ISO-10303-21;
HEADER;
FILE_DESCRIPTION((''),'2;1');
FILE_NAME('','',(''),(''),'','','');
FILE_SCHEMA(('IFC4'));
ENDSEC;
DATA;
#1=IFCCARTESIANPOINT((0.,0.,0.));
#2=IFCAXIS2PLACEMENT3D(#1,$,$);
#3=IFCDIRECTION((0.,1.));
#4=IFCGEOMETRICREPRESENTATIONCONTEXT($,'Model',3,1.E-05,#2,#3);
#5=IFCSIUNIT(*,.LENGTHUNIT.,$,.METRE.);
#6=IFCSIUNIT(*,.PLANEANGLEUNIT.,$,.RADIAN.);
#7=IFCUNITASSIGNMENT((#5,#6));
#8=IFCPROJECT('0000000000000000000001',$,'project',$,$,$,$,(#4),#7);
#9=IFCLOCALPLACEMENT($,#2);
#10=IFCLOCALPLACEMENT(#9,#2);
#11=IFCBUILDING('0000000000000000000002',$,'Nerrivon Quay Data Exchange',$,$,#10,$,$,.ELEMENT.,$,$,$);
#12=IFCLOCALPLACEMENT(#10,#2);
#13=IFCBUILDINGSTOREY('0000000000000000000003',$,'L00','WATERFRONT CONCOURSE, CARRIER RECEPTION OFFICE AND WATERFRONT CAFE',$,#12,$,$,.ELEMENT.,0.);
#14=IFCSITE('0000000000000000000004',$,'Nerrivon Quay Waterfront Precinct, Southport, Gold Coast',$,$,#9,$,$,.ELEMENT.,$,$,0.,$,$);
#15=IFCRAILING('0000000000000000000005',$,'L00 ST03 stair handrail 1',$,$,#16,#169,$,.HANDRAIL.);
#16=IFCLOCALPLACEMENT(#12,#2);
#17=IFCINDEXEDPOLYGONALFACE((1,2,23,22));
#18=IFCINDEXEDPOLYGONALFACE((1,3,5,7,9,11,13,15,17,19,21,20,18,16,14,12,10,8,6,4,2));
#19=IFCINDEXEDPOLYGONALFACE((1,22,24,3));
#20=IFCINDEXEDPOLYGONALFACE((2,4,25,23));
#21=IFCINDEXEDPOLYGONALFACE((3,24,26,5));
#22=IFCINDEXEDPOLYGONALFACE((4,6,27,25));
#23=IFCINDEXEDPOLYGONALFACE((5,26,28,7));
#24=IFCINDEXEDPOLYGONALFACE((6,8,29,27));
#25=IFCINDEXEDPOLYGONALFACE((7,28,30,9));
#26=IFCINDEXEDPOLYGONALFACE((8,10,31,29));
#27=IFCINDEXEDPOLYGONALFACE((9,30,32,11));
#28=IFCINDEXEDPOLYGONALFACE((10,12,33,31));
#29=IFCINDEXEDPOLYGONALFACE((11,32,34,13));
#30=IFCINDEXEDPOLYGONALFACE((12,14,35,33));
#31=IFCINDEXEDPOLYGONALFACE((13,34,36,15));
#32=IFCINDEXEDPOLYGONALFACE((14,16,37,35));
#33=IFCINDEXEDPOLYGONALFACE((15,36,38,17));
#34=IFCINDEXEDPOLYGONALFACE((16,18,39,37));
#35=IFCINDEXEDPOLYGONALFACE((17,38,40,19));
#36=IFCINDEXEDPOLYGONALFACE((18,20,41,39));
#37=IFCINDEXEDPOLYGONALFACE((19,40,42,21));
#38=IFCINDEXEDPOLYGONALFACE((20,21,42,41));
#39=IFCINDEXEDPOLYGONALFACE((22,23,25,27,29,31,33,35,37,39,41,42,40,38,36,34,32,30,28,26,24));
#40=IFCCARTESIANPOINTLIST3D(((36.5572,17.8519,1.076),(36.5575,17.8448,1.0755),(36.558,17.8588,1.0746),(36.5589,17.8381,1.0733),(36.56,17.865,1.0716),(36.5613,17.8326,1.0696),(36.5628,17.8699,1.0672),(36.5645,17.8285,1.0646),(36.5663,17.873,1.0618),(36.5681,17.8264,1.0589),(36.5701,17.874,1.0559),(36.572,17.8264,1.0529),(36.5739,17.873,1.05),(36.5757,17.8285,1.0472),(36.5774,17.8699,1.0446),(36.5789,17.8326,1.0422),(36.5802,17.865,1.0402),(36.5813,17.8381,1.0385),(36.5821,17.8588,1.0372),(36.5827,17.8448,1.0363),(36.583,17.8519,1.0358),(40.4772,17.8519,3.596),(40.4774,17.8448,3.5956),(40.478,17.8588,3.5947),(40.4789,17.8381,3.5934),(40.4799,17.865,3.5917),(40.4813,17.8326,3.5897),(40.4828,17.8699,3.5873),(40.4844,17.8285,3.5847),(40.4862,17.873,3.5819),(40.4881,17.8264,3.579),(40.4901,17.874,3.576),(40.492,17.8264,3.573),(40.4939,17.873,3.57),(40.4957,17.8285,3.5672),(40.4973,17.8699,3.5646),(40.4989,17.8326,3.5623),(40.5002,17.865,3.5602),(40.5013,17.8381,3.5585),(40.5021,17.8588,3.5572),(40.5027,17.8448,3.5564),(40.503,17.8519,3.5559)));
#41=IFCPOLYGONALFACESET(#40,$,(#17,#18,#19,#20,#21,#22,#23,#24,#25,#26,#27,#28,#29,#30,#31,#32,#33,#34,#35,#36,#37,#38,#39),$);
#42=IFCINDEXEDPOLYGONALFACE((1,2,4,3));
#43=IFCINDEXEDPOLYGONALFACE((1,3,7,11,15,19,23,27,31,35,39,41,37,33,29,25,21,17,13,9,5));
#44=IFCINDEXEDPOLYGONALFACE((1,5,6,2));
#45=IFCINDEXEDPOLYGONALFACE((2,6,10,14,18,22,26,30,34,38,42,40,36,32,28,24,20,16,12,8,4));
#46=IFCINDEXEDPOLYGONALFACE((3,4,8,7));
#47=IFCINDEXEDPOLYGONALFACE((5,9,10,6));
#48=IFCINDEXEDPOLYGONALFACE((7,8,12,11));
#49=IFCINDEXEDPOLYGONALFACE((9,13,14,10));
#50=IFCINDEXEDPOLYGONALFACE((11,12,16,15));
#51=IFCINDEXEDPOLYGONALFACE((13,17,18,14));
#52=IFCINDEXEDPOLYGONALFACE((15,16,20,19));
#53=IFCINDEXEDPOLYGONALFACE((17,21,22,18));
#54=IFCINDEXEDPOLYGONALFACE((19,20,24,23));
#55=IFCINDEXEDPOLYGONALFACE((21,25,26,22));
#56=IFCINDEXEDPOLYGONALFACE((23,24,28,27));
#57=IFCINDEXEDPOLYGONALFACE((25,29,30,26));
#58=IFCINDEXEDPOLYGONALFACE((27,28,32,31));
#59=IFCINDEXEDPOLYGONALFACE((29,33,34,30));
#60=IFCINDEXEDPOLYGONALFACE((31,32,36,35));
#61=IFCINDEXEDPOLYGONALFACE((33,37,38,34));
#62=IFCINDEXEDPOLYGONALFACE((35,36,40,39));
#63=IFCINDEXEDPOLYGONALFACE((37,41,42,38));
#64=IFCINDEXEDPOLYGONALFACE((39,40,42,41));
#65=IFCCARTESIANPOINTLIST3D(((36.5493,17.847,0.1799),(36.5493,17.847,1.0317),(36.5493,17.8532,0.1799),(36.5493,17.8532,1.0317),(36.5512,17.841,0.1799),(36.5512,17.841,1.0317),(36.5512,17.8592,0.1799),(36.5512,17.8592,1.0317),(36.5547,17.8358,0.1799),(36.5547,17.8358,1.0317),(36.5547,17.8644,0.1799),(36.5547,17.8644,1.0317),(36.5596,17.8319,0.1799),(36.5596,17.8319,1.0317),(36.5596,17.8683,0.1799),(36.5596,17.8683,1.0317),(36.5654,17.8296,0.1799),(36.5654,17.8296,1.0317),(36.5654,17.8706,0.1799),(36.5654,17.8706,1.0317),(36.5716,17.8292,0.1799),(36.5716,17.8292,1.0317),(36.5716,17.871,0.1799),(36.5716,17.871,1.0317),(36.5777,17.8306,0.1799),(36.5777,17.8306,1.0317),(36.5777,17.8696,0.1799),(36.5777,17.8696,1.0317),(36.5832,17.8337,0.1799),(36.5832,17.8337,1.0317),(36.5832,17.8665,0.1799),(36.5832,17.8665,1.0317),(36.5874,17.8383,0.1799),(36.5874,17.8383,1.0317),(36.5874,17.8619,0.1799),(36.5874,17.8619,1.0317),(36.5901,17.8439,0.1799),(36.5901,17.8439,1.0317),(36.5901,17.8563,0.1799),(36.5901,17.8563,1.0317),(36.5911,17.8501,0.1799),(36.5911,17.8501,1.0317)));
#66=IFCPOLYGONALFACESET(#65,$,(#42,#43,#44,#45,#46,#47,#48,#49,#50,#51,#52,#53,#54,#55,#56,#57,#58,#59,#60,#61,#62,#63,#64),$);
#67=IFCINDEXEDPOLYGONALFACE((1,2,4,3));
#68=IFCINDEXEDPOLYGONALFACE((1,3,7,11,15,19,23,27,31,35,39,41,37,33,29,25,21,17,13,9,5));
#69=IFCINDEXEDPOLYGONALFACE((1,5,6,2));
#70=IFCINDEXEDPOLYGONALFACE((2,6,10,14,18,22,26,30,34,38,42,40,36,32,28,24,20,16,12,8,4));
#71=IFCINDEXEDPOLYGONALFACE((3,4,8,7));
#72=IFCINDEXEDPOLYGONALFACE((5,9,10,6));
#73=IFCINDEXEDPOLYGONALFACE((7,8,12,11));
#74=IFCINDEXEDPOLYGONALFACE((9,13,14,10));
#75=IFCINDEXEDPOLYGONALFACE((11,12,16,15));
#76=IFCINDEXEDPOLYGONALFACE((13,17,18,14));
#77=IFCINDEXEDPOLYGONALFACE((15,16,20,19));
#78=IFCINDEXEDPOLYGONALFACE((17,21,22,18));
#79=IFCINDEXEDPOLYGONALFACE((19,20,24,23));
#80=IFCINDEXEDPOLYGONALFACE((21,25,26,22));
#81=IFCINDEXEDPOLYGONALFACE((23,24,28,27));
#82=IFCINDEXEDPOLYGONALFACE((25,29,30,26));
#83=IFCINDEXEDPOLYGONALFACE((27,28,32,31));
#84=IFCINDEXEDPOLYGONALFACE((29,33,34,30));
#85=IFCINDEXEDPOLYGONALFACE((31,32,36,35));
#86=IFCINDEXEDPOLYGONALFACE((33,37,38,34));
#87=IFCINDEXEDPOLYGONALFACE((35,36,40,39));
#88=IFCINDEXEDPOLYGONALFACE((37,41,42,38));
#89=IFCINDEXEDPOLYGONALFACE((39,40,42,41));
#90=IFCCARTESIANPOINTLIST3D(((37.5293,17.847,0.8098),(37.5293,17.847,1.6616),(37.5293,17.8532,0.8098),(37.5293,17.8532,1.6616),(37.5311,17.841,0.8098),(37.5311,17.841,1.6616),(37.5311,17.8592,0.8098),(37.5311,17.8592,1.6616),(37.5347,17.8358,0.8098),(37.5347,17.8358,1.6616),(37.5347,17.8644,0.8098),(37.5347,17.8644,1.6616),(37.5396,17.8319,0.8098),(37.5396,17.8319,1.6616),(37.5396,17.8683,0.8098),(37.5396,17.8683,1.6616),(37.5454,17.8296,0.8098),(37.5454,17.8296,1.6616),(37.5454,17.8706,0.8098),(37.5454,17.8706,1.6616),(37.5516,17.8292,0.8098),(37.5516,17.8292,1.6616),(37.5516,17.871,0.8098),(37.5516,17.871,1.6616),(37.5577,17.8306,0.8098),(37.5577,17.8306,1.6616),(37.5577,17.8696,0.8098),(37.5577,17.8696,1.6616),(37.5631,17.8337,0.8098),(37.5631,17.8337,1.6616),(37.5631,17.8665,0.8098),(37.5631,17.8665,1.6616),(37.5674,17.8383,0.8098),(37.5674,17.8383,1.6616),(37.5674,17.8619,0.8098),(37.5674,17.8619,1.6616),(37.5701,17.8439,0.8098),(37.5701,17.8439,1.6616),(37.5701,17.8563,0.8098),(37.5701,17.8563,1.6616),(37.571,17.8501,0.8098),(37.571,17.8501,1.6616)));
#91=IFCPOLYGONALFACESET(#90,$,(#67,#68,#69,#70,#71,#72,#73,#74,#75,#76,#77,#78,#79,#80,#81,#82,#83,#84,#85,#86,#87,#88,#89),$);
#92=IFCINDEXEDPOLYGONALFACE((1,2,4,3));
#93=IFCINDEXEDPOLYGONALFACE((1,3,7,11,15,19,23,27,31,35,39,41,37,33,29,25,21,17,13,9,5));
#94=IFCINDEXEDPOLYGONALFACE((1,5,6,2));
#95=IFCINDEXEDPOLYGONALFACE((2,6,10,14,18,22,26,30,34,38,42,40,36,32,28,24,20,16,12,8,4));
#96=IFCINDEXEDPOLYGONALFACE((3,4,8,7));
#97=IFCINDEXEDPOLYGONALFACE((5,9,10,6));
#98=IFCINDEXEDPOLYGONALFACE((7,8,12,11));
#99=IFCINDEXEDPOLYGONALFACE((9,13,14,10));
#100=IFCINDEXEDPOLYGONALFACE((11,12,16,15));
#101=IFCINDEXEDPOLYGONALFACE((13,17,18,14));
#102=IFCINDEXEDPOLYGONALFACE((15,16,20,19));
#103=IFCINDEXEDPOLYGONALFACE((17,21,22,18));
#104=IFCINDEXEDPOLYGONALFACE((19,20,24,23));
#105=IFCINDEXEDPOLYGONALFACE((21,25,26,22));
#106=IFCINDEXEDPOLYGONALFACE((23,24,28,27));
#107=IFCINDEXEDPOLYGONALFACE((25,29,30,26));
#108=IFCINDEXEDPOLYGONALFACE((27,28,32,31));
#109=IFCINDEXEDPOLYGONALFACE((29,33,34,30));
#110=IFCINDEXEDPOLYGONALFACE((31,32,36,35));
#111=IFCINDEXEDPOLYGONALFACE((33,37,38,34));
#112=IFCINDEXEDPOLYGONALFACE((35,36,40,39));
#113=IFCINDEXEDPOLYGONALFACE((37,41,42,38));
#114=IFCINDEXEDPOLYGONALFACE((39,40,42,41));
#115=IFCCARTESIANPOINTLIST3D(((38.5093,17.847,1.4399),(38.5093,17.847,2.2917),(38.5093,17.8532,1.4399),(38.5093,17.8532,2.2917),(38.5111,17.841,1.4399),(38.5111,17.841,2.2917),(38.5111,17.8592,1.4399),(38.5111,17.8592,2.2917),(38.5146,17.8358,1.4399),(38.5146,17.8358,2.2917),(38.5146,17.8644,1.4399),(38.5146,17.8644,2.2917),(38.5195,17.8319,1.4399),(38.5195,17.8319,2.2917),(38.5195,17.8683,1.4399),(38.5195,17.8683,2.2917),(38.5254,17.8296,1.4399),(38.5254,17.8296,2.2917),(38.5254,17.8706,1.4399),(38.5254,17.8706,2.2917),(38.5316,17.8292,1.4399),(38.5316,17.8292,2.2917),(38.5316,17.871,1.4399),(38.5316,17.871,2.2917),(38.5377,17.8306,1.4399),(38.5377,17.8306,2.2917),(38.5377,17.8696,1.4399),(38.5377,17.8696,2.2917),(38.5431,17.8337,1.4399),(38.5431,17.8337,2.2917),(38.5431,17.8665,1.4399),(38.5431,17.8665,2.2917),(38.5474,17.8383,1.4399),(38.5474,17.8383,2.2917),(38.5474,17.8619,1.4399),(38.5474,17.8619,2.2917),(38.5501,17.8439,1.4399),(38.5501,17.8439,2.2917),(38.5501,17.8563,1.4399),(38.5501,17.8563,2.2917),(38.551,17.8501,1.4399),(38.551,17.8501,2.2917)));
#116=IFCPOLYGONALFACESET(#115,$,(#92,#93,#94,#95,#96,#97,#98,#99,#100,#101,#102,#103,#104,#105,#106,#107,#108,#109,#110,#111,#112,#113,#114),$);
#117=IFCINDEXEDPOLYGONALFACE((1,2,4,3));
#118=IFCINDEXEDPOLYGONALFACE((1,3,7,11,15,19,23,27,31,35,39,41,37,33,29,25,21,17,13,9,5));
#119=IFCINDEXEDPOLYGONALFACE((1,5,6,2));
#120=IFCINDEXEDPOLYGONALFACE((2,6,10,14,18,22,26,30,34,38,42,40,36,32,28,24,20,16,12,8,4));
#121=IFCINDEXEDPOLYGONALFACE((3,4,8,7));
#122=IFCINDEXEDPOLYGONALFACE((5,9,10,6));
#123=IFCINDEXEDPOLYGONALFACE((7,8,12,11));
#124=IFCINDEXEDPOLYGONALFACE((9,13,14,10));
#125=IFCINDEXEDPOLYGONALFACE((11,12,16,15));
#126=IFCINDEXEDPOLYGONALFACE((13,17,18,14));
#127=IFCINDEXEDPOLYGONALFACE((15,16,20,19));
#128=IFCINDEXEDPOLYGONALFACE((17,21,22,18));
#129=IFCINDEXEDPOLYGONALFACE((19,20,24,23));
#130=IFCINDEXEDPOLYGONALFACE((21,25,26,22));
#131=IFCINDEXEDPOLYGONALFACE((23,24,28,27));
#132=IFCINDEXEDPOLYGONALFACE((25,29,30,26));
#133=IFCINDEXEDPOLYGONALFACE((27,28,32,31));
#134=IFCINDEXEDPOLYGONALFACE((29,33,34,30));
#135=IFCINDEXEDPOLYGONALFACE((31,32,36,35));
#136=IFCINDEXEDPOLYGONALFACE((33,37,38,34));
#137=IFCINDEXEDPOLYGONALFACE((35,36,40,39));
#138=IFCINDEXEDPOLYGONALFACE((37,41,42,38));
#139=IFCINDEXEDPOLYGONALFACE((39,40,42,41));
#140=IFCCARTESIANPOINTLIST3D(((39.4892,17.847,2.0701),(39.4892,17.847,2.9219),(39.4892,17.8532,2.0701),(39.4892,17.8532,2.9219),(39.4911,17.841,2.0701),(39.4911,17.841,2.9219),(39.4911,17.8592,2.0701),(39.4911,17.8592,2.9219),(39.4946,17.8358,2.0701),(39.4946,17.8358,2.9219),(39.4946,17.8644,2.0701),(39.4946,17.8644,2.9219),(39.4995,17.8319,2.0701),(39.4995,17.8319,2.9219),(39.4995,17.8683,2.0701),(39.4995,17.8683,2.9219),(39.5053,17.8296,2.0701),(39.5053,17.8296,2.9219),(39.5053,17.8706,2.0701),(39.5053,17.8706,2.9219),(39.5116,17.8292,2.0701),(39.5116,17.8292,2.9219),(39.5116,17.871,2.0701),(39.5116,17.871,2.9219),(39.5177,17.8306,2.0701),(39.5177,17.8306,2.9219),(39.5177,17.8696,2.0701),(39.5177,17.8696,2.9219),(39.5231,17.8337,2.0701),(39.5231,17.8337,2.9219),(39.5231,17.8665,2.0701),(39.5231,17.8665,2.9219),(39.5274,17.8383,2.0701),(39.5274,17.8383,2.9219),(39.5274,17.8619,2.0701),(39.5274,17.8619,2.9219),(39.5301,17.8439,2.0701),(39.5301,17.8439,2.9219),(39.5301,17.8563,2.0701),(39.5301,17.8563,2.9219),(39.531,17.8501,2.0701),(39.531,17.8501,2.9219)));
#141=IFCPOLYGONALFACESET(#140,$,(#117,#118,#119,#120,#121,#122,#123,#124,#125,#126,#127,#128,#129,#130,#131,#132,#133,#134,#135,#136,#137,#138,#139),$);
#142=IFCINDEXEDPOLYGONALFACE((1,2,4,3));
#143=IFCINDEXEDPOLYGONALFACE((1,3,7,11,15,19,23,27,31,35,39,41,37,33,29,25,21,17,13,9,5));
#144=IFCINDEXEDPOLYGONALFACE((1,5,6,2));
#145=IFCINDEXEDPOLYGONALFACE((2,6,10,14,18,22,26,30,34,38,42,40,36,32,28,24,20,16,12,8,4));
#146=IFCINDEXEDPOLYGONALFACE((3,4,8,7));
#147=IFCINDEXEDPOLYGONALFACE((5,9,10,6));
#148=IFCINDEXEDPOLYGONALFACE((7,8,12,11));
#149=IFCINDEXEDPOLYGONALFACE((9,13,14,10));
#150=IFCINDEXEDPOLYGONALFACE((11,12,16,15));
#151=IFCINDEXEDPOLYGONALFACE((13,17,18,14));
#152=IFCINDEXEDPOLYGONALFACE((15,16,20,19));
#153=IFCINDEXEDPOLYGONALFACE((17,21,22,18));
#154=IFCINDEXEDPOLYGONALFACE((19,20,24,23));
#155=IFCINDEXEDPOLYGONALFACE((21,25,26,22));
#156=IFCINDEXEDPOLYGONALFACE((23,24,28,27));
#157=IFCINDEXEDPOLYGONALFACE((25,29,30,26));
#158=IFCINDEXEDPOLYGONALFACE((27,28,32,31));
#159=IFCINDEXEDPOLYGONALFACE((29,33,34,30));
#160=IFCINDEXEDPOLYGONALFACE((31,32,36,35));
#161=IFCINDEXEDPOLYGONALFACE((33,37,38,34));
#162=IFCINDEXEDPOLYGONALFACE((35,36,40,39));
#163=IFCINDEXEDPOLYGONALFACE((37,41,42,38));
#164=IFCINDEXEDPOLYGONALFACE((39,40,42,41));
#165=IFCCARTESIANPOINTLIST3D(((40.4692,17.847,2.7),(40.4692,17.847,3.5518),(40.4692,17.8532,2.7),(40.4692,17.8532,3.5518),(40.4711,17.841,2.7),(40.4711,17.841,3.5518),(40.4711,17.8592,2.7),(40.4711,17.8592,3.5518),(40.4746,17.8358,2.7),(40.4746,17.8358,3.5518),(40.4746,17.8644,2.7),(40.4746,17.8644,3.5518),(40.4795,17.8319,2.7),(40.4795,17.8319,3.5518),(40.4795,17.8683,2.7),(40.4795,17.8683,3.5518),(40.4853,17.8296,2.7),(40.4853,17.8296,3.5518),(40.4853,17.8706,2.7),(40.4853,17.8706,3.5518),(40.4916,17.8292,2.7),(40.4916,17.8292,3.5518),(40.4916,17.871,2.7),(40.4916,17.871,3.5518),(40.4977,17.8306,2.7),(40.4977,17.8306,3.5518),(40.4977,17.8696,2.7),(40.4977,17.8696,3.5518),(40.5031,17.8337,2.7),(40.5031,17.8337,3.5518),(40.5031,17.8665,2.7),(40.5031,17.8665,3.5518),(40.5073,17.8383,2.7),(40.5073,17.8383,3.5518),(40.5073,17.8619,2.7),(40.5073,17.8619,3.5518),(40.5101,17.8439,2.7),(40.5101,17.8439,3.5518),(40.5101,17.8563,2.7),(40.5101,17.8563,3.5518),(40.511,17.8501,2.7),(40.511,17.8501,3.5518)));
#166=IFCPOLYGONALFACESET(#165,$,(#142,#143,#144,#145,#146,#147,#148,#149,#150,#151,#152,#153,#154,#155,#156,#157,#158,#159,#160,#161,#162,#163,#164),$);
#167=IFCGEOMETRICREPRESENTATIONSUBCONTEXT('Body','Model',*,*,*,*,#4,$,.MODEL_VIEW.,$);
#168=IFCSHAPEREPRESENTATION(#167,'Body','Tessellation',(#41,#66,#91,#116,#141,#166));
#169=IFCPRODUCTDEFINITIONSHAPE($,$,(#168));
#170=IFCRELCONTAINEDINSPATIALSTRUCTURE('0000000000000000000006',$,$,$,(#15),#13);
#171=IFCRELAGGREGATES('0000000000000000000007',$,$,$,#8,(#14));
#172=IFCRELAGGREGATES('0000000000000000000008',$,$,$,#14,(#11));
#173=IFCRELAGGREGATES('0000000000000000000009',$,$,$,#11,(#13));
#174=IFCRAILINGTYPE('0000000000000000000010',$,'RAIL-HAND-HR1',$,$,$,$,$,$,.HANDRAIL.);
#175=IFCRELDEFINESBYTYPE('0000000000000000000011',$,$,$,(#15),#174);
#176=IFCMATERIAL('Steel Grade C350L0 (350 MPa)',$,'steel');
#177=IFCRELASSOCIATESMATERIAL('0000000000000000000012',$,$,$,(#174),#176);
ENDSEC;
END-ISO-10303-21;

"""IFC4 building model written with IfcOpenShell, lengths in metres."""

from ifc_helpers import new_model, si_unit, direction, frame, origin, origin_2d, place, context, subcontext, project, spatial, circle, extrude, material, type_object, element, save


model = new_model("IFC4")

# Units and contexts
model_context = context("Model", 3, precision=1e-05, world=origin(), true_north=direction((0.0, 1.0)))
body_context = subcontext(model_context, "Body", "Model", "MODEL_VIEW")
ifc_project = project(units=[si_unit("LENGTHUNIT", "METRE"), si_unit("PLANEANGLEUNIT", "RADIAN")], contexts=[model_context])

# Site, building, storey
site_placement = place(None, origin())
site = spatial("IfcSite", under=ifc_project, at=site_placement, Name="Nerrivon Quay Waterfront Precinct, Southport, Gold Coast", CompositionType="ELEMENT", RefElevation=0.0)
building_placement = place(site_placement, origin())
building = spatial("IfcBuilding", under=site, at=building_placement, Name="Nerrivon Quay Data Exchange", CompositionType="ELEMENT")
storey_placement = place(building_placement, origin())
storey = spatial("IfcBuildingStorey", under=building, at=storey_placement, Name="L00", Description="WATERFRONT CONCOURSE, CARRIER RECEPTION OFFICE AND WATERFRONT CAFE", CompositionType="ELEMENT", Elevation=0.0)

# Railing
ifc_material_1 = material(Name="Steel Grade C350L0 (350 MPa)", Category="steel")
railing_type_1 = type_object("IfcRailingType", Name="RAIL-HAND-HR1", PredefinedType="HANDRAIL", material=ifc_material_1)
railing_1_placement = place(storey_placement, frame((36.5701, 17.8501, 0.1799)))
element("IfcRailing", 1, at=railing_1_placement, inside=storey, type_object=railing_type_1, Name="L00 ST03 stair handrail 1", PredefinedType="HANDRAIL", context=body_context, shape_type="SweptSolid", body=[
    extrude(circle(Radius=0.0239, at=origin_2d()), frame((0.0, 0.0, 0.876), z_axis=(0.841172, 0.0, 0.540768), x_axis=(0.0, 1.0, 0.0)), (0.0, 0.0, 1.0), 4.6602),
    extrude(circle(Radius=0.021, at=origin_2d()), origin(), (0.0, 0.0, 1.0), 0.8518),
    extrude(circle(Radius=0.021, at=origin_2d()), frame((0.98, 0.0, 0.6299)), (0.0, 0.0, 1.0), 0.8518),
    extrude(circle(Radius=0.021, at=origin_2d()), frame((1.96, 0.0, 1.26)), (0.0, 0.0, 1.0), 0.8518),
    extrude(circle(Radius=0.021, at=origin_2d()), frame((2.9399, 0.0, 1.8901)), (0.0, 0.0, 1.0), 0.8518),
    extrude(circle(Radius=0.021, at=origin_2d()), frame((3.9199, 0.0, 2.52)), (0.0, 0.0, 1.0), 0.8518),
])

save(model, "model.ifc")
